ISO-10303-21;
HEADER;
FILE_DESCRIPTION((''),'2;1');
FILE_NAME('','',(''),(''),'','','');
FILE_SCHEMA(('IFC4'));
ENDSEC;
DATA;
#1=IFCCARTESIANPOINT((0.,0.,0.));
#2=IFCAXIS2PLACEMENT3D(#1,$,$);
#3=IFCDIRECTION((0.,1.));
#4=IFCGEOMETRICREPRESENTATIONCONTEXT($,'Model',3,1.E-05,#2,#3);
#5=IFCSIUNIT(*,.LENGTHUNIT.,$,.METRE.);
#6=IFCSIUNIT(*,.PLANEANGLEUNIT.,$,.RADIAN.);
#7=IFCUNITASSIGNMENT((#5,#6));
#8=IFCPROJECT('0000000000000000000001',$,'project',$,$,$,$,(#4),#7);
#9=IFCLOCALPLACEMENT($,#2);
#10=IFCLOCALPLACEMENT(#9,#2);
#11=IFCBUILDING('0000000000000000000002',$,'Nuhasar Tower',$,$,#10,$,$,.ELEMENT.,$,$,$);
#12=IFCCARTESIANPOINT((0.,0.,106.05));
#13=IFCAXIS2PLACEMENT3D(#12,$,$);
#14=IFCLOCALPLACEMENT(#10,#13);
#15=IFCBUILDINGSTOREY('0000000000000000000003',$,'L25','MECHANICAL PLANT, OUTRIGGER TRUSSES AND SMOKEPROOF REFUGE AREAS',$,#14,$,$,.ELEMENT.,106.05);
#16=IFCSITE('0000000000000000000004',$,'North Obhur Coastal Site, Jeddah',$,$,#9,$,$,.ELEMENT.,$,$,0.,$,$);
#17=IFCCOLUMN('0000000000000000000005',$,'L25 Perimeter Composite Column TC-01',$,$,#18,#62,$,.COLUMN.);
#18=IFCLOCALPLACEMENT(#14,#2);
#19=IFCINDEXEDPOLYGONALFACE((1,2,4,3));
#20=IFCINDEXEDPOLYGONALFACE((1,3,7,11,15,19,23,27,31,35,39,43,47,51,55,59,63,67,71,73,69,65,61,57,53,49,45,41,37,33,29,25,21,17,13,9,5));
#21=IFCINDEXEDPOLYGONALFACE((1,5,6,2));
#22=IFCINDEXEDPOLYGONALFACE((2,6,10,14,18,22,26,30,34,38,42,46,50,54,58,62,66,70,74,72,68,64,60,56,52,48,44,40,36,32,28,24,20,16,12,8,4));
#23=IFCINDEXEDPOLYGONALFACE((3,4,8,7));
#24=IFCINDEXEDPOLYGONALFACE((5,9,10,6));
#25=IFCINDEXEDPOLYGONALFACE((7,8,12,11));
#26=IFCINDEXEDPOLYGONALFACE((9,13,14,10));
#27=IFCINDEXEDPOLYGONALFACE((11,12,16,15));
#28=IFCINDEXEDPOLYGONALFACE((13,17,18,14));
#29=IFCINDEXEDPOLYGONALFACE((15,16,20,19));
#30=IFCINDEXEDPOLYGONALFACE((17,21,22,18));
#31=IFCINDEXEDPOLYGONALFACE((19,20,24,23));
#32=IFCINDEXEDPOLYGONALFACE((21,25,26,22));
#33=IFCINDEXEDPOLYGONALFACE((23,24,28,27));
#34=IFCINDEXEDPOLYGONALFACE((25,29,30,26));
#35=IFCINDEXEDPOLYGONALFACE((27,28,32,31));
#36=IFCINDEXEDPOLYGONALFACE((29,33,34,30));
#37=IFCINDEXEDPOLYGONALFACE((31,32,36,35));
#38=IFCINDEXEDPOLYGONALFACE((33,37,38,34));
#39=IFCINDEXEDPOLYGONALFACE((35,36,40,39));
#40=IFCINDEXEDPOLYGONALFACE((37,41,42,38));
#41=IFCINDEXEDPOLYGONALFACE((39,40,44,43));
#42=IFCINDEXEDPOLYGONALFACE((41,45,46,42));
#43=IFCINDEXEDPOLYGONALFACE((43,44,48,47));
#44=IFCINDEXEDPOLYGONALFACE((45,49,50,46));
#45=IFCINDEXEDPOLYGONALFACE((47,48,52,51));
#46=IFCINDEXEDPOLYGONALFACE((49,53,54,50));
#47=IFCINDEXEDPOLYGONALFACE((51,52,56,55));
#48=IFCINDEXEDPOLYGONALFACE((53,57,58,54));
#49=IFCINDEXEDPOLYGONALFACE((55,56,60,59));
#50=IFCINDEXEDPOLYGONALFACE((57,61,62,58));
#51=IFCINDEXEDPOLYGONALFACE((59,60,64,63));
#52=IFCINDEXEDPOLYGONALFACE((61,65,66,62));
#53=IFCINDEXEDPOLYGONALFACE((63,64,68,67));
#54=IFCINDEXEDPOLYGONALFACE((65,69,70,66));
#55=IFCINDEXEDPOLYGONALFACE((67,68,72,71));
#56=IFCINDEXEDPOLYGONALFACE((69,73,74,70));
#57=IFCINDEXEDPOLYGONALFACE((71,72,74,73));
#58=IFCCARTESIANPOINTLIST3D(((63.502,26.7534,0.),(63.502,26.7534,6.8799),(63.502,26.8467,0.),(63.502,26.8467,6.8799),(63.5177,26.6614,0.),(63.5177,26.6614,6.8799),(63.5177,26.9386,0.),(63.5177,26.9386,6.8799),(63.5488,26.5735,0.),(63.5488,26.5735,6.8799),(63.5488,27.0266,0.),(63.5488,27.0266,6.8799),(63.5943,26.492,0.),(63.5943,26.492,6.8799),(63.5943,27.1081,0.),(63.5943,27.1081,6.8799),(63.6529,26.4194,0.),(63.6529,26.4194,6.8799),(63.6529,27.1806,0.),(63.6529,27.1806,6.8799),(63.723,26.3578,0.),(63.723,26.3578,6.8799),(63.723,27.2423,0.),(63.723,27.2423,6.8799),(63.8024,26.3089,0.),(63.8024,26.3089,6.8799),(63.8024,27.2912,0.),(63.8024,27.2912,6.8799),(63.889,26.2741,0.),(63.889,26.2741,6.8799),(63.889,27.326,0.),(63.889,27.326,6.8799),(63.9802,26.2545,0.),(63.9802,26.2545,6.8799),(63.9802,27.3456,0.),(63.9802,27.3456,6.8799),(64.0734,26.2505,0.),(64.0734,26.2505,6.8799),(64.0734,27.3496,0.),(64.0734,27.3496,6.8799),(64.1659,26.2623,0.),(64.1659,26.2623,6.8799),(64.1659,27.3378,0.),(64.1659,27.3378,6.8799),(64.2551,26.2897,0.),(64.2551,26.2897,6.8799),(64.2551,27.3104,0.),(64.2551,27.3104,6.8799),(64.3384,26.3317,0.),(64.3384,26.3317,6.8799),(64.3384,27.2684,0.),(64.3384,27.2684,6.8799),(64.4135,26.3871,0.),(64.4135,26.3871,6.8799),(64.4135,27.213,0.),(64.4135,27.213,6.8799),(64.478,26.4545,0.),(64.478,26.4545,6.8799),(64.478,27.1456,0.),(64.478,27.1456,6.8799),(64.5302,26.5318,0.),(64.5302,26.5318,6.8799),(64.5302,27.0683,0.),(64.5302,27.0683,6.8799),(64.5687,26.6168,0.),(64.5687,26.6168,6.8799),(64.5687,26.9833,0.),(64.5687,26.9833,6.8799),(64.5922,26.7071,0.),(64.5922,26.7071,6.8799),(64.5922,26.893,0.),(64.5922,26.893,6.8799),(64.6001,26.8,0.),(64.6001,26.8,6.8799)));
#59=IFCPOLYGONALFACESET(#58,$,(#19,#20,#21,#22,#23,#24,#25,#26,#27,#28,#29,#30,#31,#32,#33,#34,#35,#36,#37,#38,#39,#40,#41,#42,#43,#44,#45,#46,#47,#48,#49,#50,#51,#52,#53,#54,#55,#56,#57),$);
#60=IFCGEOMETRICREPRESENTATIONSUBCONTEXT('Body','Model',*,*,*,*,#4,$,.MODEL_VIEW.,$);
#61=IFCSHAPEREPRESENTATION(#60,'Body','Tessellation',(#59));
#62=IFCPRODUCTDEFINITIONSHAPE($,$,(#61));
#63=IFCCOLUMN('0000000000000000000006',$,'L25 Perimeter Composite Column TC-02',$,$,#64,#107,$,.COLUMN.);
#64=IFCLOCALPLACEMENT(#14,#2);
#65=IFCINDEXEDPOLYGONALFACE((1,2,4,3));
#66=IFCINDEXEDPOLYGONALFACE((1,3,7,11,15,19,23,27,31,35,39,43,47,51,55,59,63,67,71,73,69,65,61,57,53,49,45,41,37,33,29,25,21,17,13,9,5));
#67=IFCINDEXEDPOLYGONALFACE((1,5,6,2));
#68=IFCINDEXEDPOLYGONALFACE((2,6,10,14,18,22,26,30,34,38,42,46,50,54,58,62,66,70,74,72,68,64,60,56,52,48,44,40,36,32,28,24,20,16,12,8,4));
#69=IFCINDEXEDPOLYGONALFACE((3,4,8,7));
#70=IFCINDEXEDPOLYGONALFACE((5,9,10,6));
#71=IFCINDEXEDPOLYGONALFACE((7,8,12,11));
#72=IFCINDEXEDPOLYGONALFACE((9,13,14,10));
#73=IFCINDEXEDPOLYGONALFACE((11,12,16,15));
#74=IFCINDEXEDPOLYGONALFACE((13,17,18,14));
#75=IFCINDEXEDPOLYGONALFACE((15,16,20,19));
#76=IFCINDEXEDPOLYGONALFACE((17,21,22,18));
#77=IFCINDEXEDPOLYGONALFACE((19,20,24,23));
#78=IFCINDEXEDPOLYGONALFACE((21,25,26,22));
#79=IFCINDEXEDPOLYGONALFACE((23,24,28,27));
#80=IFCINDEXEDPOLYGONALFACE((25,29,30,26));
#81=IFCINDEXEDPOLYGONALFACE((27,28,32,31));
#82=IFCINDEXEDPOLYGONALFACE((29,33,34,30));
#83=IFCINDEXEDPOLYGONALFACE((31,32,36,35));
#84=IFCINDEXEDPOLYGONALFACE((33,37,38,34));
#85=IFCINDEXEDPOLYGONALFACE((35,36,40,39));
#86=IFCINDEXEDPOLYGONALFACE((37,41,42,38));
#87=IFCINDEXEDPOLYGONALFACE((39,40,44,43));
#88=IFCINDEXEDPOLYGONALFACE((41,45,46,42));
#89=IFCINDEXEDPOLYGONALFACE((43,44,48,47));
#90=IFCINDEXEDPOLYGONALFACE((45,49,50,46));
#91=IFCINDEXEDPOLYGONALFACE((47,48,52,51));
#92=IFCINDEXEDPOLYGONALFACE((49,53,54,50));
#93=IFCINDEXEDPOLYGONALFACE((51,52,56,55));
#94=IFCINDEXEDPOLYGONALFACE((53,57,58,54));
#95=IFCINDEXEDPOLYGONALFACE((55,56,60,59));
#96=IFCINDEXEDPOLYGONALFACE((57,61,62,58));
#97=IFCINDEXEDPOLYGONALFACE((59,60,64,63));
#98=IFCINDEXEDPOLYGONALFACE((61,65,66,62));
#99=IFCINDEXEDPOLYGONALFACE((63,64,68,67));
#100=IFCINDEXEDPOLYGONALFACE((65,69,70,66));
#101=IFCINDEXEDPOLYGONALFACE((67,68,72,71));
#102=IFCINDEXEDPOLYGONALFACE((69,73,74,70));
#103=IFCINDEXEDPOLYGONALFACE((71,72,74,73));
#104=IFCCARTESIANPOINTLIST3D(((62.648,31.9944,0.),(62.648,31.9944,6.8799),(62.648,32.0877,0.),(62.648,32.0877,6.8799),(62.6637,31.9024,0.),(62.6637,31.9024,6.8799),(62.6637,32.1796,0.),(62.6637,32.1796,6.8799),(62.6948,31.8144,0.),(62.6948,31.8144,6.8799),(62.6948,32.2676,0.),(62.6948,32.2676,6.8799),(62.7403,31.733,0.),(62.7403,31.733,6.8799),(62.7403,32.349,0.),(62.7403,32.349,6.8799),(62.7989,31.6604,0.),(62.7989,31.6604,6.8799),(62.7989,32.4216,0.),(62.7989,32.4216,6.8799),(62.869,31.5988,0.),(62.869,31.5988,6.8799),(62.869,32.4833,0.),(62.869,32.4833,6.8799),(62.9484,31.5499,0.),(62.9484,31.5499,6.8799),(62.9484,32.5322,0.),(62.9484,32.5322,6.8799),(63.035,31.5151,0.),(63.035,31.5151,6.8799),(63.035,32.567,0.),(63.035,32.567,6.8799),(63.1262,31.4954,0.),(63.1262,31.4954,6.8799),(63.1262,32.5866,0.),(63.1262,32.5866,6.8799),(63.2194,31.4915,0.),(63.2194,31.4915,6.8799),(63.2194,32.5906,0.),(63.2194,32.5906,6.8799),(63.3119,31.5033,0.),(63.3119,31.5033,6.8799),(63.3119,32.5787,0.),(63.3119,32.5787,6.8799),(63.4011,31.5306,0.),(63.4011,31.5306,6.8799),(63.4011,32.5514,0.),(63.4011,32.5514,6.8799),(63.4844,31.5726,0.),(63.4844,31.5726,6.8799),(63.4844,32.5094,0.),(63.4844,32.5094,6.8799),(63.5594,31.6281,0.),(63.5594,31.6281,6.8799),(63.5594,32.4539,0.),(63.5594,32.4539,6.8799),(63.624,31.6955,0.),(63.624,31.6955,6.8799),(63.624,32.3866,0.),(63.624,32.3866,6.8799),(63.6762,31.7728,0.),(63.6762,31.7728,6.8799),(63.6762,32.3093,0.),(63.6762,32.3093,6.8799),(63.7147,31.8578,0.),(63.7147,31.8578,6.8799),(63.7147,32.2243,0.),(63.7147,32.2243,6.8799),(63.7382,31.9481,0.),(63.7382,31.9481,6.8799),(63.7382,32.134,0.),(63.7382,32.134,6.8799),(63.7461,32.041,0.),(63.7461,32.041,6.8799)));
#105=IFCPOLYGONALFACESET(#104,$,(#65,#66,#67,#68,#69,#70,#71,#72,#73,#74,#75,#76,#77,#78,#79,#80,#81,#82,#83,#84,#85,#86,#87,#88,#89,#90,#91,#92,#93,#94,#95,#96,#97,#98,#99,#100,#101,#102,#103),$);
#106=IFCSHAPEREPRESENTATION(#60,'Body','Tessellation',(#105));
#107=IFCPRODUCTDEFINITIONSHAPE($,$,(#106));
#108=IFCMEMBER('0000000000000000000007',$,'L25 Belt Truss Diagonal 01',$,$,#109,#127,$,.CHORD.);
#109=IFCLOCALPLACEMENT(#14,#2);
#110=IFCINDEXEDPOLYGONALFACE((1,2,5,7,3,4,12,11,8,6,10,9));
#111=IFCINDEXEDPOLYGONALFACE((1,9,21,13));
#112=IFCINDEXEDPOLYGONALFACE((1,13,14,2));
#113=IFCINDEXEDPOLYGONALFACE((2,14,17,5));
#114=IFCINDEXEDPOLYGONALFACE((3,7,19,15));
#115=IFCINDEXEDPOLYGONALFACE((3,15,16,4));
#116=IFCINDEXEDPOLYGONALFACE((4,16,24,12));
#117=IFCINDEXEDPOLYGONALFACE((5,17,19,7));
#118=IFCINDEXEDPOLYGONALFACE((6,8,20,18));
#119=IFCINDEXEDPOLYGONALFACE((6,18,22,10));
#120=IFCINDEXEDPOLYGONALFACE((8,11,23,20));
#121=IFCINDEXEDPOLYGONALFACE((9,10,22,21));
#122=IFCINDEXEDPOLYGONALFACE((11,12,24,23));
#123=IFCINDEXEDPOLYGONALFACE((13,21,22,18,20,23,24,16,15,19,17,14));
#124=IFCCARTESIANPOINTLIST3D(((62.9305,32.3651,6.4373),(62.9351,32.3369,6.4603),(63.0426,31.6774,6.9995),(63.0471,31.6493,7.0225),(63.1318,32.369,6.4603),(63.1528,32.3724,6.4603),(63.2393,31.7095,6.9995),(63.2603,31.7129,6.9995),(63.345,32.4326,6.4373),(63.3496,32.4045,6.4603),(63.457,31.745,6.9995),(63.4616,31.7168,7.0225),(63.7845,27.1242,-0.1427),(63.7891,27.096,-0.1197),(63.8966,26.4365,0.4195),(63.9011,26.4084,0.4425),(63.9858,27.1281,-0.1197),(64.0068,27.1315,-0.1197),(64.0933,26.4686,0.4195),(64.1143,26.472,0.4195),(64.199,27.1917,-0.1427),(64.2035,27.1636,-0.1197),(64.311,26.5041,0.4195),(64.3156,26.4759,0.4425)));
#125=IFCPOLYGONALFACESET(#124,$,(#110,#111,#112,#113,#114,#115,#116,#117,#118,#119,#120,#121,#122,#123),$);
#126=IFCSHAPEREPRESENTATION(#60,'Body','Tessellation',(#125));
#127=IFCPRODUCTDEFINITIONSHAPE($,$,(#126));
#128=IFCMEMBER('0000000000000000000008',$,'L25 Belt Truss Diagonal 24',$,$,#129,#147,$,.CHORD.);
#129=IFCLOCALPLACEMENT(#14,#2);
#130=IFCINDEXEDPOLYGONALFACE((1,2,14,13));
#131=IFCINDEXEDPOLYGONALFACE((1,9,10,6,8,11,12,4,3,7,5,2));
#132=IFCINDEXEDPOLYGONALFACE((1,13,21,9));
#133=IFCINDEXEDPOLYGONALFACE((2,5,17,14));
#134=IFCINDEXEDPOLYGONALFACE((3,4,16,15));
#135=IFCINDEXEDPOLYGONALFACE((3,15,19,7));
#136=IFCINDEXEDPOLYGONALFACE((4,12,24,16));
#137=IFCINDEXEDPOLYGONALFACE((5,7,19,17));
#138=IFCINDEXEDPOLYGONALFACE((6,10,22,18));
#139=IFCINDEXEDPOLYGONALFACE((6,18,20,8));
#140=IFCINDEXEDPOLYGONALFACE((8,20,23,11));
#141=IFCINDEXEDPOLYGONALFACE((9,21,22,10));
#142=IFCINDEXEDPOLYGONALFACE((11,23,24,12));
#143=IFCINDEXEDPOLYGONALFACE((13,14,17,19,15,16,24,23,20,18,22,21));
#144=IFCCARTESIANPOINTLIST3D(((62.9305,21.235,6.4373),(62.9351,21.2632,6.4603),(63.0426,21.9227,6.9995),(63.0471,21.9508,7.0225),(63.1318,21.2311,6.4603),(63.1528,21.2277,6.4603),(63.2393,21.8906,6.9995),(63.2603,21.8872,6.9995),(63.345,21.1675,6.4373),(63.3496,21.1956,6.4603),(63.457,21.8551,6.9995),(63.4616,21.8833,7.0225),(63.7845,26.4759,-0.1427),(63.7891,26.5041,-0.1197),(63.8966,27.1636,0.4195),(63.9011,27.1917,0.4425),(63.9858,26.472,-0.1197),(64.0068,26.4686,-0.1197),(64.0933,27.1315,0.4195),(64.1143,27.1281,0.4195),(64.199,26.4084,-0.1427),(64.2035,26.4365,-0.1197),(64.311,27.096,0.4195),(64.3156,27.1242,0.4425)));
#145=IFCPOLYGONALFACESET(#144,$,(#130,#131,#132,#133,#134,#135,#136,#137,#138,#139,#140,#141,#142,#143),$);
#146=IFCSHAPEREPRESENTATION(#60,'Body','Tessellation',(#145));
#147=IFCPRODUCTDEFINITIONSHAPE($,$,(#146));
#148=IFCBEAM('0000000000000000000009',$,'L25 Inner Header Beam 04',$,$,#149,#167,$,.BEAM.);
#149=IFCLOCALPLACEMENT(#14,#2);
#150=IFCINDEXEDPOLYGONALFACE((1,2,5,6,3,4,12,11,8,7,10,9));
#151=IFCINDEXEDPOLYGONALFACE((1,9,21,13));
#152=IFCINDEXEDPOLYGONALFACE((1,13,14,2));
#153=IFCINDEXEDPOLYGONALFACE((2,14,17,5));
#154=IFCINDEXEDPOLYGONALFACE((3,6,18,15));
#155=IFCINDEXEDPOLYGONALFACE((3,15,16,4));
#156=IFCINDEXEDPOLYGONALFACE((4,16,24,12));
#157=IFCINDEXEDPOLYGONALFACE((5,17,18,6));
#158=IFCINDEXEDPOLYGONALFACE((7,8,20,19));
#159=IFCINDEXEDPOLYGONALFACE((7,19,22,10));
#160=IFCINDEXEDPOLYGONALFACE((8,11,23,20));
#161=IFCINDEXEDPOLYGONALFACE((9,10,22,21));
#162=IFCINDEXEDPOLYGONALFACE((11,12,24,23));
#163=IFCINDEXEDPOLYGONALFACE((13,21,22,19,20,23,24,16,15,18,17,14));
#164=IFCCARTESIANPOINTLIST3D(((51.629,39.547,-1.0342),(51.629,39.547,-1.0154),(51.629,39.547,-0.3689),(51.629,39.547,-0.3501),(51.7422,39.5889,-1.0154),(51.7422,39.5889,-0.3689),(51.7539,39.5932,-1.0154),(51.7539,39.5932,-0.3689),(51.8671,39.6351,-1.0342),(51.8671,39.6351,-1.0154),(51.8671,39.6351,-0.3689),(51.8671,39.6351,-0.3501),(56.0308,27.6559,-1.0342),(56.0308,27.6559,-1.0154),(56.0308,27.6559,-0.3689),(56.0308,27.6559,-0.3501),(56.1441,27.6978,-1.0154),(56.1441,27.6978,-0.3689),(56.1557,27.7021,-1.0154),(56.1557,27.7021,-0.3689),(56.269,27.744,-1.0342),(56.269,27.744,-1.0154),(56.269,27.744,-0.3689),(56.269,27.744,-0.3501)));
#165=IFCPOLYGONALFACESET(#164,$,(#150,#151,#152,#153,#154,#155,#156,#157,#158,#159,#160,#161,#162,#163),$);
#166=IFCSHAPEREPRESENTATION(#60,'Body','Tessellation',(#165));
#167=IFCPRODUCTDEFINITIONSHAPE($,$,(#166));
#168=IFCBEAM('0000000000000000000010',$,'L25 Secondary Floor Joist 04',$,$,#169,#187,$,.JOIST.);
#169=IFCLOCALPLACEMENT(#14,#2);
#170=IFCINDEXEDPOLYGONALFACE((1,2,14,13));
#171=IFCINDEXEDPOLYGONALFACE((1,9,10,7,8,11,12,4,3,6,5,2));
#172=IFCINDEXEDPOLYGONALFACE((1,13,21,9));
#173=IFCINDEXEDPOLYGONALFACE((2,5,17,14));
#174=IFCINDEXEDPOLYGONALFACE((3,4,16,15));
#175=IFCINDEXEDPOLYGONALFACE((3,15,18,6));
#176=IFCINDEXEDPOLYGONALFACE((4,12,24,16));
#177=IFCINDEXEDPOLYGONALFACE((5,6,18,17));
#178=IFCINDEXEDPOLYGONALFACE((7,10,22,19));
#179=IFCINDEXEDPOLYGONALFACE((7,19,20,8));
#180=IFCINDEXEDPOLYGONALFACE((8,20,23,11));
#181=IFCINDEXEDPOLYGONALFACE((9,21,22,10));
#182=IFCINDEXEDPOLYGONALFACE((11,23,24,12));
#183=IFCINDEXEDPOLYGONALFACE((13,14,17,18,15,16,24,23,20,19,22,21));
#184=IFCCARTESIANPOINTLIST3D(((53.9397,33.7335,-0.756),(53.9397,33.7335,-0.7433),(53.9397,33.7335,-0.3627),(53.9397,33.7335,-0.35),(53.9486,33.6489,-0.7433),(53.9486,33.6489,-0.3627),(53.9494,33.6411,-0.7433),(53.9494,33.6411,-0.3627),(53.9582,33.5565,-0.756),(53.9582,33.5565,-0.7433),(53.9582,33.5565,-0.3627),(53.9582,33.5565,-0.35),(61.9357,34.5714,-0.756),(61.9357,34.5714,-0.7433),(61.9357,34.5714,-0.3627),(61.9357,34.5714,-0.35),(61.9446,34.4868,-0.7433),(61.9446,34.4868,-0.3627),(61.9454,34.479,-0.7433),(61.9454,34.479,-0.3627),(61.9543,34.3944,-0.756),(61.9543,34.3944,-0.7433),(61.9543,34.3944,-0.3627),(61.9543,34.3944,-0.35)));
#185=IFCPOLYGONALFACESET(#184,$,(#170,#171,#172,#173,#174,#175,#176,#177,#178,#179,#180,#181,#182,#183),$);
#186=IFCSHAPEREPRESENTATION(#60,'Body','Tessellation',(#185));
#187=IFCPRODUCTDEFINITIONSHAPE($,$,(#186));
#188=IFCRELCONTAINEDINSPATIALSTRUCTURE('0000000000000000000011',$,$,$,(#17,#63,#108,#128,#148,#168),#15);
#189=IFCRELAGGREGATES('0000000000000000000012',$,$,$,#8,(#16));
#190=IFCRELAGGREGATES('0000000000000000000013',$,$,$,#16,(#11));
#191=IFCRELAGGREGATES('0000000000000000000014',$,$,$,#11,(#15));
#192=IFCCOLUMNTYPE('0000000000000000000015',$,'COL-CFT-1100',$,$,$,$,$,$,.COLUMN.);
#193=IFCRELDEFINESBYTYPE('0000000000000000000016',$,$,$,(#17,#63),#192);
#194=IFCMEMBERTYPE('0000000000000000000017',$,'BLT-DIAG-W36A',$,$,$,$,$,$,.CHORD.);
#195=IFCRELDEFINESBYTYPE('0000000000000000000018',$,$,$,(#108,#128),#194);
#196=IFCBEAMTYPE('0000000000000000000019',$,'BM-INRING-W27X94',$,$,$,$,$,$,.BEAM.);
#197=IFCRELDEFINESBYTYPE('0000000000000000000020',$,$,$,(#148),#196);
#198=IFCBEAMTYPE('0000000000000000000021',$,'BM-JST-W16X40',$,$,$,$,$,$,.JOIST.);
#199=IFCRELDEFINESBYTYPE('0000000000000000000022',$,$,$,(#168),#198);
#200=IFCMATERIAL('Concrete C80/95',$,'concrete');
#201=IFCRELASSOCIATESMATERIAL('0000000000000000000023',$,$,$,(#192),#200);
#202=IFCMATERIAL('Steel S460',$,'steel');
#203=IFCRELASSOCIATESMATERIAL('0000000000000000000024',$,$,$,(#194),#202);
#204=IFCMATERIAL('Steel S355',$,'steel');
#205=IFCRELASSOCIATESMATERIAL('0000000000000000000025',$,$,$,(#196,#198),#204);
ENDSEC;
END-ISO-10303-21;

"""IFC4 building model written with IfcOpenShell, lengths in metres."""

from ifc_helpers import new_model, si_unit, direction, frame, origin, origin_2d, place, context, subcontext, project, spatial, circle, i_section, extrude, material, material_profile, profile_set, type_object, element, save


model = new_model("IFC4")

# Units and contexts
model_context = context("Model", 3, precision=1e-05, world=origin(), true_north=direction((0.0, 1.0)))
body_context = subcontext(model_context, "Body", "Model", "MODEL_VIEW")
ifc_project = project(units=[si_unit("LENGTHUNIT", "METRE"), si_unit("PLANEANGLEUNIT", "RADIAN")], contexts=[model_context])

# Site, building, storey
site_placement = place(None, origin())
site = spatial("IfcSite", under=ifc_project, at=site_placement, Name="North Obhur Coastal Site, Jeddah", CompositionType="ELEMENT", RefElevation=0.0)
building_placement = place(site_placement, origin())
building = spatial("IfcBuilding", under=site, at=building_placement, Name="Nuhasar Tower", CompositionType="ELEMENT")
storey_placement = place(building_placement, frame((0.0, 0.0, 106.05)))
storey = spatial("IfcBuildingStorey", under=building, at=storey_placement, Name="L25", Description="MECHANICAL PLANT, OUTRIGGER TRUSSES AND SMOKEPROOF REFUGE AREAS", CompositionType="ELEMENT", Elevation=106.05)

# Columns
ifc_material_1 = material(Name="Concrete C80/95", Category="concrete")
ifc_material_profile_1 = material_profile(ifc_material_1, circle(Radius=0.55, at=origin_2d()), Name="CFT1100")
ifc_profile_set_1 = profile_set([ifc_material_profile_1], Name="Concrete C80/95")
column_type = type_object("IfcColumnType", Name="COL-CFT-1100", PredefinedType="COLUMN", material=ifc_profile_set_1)
for number, where, z_axis, x_axis, name in (
    (1, (64.05, 26.8, 0.0), (0.0, 0.0, 1.0), (1.0, 0.0, 0.0), "L25 Perimeter Composite Column TC-01"),
    (2, (63.196, 32.041, 0.0), (0.0, 0.0, 1.0), (1.0, 0.0, 0.0), "L25 Perimeter Composite Column TC-02"),
):
    element("IfcColumn", number, at=place(storey_placement, frame(where, z_axis=z_axis, x_axis=x_axis)), inside=storey, type_object=column_type, Name=name, PredefinedType="COLUMN", context=body_context, shape_type="SweptSolid", body=[
        extrude(circle(Radius=0.55, at=origin_2d()), origin(), (0.0, 0.0, 1.0), 6.8799),
    ])

# Members
ifc_material_2 = material(Name="Steel S460", Category="steel")
ifc_material_profile_2 = material_profile(ifc_material_2, i_section(OverallWidth=0.4199, OverallDepth=0.9319, WebThickness=0.0212, FlangeThickness=0.0366, at=origin_2d()), Name="W36X262")
ifc_profile_set_2 = profile_set([ifc_material_profile_2], Name="Steel S460")
member_type_1 = type_object("IfcMemberType", Name="BLT-DIAG-W36A", PredefinedType="CHORD", material=ifc_profile_set_2)
for number, where, z_axis, x_axis, name in (
    (3, (64.05, 26.8, 0.1499), (-0.101001, 0.619834, 0.778206), (-0.986983, -0.160827, 0.0), "L25 Belt Truss Diagonal 01"),
    (4, (64.05, 26.8, 0.1499), (-0.101001, -0.619834, 0.778206), (0.986983, -0.160827, 0.0), "L25 Belt Truss Diagonal 24"),
):
    element("IfcMember", number, at=place(storey_placement, frame(where, z_axis=z_axis, x_axis=x_axis)), inside=storey, type_object=member_type_1, Name=name, PredefinedType="CHORD", context=body_context, shape_type="SweptSolid", body=[
        extrude(i_section(OverallWidth=0.4199, OverallDepth=0.9319, WebThickness=0.0212, FlangeThickness=0.0366, at=origin_2d()), origin(), (0.0, 0.0, 1.0), 8.4553),
    ])

# Beams
ifc_material_3 = material(Name="Steel S355", Category="steel")
ifc_material_profile_3 = material_profile(ifc_material_3, i_section(OverallWidth=0.2539, OverallDepth=0.6841, WebThickness=0.0125, FlangeThickness=0.0188, at=origin_2d()), Name="W27X94")
ifc_profile_set_3 = profile_set([ifc_material_profile_3], Name="Steel S355")
beam_type_1 = type_object("IfcBeamType", Name="BM-INRING-W27X94", PredefinedType="BEAM", material=ifc_profile_set_3)
beam_1_placement = place(storey_placement, frame((56.1499, 27.7, -0.6921), z_axis=(-0.347158, 0.937807, 0.0), x_axis=(-0.937807, -0.347158, 0.0)))
element("IfcBeam", 5, at=beam_1_placement, inside=storey, type_object=beam_type_1, Name="L25 Inner Header Beam 04", PredefinedType="BEAM", context=body_context, shape_type="SweptSolid", body=[
    extrude(i_section(OverallWidth=0.2539, OverallDepth=0.6841, WebThickness=0.0125, FlangeThickness=0.0188, at=origin_2d()), origin(), (0.0, 0.0, 1.0), 12.6797),
])
ifc_material_profile_4 = material_profile(ifc_material_3, i_section(OverallWidth=0.178, OverallDepth=0.406, WebThickness=0.0078, FlangeThickness=0.0127, at=origin_2d()), Name="W16X40")
ifc_profile_set_4 = profile_set([ifc_material_profile_4], Name="Steel S355")
beam_type_2 = type_object("IfcBeamType", Name="BM-JST-W16X40", PredefinedType="JOIST", material=ifc_profile_set_4)
beam_2_placement = place(storey_placement, frame((53.949, 33.645, -0.553), z_axis=(0.994555, 0.104217, 0.0), x_axis=(-0.104217, 0.994555, 0.0)))
element("IfcBeam", 6, at=beam_2_placement, inside=storey, type_object=beam_type_2, Name="L25 Secondary Floor Joist 04", PredefinedType="JOIST", context=body_context, shape_type="SweptSolid", body=[
    extrude(i_section(OverallWidth=0.178, OverallDepth=0.406, WebThickness=0.0078, FlangeThickness=0.0127, at=origin_2d()), origin(), (0.0, 0.0, 1.0), 8.0398),
])

save(model, "model.ifc")
